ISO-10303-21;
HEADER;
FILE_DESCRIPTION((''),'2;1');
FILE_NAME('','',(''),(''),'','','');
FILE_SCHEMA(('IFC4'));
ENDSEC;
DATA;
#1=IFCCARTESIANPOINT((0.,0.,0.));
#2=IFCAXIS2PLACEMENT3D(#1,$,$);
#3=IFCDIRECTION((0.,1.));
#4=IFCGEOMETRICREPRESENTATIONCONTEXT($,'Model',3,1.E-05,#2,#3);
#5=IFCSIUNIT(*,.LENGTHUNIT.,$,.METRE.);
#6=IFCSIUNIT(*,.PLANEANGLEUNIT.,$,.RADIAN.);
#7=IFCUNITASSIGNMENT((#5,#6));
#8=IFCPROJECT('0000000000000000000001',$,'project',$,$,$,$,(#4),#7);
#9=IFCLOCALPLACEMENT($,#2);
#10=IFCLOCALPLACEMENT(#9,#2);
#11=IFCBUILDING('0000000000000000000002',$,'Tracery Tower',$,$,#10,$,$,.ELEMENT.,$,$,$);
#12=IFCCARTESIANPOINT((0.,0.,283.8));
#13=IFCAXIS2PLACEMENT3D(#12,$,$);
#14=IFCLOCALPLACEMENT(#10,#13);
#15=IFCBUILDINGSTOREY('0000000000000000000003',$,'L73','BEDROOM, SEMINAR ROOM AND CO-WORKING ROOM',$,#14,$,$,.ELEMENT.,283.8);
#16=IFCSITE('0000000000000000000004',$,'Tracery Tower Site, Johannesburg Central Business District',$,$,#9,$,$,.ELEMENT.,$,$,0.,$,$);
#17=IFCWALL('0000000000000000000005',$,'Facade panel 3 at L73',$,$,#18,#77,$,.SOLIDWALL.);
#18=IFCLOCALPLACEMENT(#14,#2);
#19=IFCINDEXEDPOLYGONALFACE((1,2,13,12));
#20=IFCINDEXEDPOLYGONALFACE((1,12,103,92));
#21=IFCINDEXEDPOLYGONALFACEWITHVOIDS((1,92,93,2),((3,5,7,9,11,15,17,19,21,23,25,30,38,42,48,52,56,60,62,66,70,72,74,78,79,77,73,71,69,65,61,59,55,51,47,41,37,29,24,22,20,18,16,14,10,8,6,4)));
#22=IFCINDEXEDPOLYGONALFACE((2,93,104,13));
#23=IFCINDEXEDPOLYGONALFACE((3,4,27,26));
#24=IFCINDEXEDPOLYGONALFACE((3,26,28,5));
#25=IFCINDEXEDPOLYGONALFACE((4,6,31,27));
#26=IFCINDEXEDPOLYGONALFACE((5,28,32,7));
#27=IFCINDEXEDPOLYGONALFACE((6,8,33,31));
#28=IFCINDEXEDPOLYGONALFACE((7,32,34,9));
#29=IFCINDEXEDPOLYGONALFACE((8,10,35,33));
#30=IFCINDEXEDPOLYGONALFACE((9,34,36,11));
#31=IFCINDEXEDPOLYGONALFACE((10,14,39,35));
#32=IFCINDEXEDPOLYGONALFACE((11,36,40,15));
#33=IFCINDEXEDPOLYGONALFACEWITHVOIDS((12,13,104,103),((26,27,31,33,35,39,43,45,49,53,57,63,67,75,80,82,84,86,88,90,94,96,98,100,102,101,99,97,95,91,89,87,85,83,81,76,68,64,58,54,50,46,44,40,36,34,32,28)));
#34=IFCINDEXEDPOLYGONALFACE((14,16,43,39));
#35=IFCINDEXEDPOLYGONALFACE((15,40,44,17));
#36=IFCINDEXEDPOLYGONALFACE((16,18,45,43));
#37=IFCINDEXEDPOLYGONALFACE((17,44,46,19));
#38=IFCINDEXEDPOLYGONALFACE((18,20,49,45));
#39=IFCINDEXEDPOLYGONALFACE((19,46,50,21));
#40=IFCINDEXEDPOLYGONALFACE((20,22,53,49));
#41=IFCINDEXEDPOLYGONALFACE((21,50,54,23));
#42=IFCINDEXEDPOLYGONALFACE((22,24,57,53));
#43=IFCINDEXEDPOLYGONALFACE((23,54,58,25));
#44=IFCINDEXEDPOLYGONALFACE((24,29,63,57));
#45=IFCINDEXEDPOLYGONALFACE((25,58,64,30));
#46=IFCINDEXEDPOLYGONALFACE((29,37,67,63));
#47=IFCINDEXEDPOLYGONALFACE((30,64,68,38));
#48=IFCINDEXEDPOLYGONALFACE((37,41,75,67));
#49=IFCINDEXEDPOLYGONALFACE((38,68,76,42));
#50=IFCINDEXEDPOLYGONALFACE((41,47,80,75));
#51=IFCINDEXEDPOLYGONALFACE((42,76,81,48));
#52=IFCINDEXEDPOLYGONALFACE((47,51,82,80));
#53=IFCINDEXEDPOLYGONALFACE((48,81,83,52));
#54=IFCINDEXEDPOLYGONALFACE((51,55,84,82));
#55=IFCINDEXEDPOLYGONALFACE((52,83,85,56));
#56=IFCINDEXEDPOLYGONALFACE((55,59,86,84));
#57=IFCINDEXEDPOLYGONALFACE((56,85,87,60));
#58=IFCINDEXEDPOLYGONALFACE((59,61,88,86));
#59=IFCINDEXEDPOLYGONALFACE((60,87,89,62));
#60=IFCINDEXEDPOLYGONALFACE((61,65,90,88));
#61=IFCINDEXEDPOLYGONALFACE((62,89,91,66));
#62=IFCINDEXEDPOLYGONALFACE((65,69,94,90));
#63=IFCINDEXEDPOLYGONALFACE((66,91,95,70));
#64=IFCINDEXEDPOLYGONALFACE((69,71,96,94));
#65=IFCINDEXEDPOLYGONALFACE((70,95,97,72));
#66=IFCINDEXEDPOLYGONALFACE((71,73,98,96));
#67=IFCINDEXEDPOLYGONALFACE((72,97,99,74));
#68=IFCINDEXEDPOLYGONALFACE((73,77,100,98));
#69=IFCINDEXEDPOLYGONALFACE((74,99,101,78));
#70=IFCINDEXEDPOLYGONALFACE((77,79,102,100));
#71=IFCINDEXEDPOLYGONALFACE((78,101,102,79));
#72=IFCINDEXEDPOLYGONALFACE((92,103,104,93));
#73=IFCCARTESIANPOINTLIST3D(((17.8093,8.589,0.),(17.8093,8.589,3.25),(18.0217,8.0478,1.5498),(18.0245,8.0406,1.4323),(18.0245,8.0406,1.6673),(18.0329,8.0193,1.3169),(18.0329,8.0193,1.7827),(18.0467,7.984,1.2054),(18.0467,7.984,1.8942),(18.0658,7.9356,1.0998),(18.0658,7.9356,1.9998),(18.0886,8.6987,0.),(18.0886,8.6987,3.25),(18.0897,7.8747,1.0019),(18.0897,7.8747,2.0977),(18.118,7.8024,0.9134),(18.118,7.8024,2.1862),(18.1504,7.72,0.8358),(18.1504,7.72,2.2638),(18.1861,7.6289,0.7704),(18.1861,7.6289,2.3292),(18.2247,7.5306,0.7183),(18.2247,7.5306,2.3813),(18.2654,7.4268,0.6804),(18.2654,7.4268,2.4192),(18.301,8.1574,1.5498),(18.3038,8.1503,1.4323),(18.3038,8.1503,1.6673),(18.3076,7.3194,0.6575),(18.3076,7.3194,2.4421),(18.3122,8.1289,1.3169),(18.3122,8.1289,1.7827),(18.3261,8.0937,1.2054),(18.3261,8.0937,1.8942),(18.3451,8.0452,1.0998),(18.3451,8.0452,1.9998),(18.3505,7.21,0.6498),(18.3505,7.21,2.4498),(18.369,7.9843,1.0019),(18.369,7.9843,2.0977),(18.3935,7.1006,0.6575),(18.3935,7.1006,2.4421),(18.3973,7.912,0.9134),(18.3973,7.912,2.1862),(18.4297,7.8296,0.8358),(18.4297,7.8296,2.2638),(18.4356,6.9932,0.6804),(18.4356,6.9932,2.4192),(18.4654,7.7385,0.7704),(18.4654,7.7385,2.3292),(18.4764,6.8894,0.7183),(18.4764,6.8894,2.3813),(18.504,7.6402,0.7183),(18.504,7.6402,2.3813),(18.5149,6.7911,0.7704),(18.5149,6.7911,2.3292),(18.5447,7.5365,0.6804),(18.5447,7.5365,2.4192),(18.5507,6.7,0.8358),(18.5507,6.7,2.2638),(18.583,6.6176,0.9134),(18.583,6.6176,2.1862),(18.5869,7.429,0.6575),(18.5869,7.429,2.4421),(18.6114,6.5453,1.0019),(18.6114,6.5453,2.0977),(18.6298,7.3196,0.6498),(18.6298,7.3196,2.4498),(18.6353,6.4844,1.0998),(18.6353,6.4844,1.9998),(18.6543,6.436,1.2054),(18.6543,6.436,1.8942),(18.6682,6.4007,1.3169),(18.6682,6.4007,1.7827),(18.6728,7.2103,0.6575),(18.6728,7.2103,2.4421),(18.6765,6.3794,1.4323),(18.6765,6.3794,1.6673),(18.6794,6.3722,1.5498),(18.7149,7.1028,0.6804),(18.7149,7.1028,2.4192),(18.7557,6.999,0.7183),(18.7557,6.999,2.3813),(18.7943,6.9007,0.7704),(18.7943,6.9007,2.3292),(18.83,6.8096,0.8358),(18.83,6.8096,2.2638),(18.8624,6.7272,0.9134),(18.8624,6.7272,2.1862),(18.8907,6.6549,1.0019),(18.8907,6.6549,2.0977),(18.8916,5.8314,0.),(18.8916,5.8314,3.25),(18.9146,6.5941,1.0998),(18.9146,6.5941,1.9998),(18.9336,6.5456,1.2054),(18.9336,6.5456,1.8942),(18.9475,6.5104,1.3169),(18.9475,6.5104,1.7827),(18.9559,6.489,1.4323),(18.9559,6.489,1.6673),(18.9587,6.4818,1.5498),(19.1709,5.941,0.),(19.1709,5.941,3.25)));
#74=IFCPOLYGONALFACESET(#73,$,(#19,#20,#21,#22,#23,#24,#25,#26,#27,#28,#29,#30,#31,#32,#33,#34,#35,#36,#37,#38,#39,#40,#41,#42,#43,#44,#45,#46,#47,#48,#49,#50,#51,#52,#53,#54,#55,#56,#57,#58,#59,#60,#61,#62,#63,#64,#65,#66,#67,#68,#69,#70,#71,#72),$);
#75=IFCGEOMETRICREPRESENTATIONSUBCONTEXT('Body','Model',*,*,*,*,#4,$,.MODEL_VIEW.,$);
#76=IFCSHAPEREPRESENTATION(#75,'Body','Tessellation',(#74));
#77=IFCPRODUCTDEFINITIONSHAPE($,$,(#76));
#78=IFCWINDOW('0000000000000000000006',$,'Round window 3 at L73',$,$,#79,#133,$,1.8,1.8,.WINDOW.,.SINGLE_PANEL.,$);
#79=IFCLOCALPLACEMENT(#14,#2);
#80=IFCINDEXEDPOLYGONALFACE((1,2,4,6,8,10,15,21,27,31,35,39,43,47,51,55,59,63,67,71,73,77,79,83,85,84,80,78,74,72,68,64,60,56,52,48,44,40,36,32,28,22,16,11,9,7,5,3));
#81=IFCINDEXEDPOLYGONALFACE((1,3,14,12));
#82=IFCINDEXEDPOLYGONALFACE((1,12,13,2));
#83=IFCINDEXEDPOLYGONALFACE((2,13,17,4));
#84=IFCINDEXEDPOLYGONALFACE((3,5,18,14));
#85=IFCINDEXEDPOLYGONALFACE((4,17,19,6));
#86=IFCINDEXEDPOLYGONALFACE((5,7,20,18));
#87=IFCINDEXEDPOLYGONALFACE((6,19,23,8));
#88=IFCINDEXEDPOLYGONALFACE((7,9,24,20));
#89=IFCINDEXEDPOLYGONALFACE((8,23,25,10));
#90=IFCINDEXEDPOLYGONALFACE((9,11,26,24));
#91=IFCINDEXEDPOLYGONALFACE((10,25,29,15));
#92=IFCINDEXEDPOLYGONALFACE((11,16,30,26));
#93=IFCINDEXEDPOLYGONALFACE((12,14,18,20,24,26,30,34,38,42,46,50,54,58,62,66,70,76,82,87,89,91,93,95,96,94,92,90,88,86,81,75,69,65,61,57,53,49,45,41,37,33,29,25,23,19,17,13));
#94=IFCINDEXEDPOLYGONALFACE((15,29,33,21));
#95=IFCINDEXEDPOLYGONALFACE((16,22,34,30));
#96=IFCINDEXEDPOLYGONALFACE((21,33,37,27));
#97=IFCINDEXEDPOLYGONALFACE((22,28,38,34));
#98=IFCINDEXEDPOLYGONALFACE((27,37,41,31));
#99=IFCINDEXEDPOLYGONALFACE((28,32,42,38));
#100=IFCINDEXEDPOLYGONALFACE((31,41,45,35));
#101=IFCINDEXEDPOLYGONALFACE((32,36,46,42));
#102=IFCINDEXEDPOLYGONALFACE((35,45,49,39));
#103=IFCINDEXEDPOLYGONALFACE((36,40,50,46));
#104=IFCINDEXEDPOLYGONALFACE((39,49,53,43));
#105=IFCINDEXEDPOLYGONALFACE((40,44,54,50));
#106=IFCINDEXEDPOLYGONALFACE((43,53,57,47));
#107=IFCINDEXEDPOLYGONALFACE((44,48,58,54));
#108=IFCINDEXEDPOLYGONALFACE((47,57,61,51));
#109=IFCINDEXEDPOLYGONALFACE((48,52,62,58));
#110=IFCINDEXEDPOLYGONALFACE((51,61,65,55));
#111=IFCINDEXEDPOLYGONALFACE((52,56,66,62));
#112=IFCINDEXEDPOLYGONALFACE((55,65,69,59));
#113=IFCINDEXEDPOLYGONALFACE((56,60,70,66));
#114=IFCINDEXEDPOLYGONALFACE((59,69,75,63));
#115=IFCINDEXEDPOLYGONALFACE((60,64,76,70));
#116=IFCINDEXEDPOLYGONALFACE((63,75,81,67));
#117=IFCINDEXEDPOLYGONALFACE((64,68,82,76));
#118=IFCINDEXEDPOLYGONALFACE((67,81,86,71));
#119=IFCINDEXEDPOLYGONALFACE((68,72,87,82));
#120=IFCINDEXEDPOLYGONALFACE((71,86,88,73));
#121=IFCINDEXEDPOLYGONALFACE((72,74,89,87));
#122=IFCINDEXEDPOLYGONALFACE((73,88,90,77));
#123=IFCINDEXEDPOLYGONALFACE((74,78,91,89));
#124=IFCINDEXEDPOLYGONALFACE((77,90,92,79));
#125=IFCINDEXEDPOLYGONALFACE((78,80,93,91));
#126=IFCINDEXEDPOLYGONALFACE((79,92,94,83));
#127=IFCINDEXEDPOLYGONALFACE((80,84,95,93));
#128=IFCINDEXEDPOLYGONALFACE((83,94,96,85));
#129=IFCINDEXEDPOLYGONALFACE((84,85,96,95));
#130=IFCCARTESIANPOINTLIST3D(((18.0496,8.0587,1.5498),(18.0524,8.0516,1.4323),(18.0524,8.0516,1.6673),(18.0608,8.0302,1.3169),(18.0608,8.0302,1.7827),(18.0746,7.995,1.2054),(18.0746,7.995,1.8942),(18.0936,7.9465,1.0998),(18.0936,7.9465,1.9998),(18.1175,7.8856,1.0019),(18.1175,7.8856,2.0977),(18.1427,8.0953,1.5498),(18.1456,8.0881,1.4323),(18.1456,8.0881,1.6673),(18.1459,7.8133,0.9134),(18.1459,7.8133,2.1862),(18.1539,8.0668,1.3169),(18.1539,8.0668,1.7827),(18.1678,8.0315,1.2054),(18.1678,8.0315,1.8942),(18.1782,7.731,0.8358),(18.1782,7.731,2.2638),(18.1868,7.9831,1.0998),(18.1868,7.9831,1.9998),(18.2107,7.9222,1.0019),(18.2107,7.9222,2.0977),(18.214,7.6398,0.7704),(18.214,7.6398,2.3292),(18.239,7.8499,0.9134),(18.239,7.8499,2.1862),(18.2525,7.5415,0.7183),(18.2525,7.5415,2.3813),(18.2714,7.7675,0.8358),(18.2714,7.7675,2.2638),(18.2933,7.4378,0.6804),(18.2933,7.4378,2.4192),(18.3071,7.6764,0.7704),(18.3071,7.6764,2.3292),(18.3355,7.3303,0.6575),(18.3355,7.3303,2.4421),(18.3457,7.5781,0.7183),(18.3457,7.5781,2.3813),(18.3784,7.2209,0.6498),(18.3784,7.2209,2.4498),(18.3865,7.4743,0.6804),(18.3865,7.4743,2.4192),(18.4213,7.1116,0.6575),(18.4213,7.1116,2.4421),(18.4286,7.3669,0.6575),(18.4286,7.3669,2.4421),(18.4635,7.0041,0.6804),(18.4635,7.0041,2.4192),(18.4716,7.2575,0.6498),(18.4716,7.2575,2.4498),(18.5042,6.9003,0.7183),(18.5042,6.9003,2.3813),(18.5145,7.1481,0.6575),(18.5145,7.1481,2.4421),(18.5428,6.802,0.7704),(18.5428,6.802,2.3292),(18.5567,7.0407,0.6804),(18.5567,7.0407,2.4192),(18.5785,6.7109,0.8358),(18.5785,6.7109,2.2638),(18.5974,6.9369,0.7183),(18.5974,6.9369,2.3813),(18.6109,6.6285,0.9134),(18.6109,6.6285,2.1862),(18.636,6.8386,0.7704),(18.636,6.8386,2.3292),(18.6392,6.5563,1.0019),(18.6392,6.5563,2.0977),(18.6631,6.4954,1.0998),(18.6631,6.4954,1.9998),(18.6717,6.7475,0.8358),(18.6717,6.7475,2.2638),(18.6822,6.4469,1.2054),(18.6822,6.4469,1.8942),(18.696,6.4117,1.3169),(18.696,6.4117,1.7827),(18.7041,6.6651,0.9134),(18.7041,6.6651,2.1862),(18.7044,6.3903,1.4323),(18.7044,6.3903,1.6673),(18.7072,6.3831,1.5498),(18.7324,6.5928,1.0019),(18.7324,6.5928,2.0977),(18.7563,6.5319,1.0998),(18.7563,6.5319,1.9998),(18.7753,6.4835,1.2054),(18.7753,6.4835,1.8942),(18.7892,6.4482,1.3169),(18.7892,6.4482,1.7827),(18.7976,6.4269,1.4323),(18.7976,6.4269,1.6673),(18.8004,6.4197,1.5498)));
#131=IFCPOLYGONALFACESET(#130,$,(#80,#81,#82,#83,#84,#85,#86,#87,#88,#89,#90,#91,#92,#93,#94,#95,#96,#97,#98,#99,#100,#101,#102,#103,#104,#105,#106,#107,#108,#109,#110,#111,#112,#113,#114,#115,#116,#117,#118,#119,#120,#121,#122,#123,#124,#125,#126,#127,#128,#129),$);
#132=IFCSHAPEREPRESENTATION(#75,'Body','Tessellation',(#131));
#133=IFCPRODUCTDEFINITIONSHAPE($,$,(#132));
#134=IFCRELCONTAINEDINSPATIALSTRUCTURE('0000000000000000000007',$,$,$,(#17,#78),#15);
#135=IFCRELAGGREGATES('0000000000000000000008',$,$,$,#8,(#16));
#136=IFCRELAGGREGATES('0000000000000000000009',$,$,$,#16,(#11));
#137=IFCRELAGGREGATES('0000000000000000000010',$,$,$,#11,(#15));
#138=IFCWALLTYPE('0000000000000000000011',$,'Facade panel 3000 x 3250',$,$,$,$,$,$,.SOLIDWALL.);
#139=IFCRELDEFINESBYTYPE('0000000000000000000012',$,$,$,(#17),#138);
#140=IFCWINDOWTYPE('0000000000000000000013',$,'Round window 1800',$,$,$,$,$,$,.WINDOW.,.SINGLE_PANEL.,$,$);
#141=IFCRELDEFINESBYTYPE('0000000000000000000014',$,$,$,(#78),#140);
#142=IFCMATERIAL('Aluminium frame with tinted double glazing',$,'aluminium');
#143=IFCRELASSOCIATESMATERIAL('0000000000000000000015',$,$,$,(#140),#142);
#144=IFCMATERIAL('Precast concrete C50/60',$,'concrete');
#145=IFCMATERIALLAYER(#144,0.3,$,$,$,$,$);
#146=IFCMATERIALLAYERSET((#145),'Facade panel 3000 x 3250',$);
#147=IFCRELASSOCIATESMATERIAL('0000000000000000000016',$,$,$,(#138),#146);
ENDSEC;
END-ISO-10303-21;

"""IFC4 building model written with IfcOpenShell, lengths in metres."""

from ifc_helpers import new_model, si_unit, direction, frame, frame_2d, origin, origin_2d, place, context, subcontext, project, spatial, rectangle, circle, extrude, material, layer, layer_set, type_object, element, fill, save


model = new_model("IFC4")

# Units and contexts
model_context = context("Model", 3, precision=1e-05, world=origin(), true_north=direction((0.0, 1.0)))
body_context = subcontext(model_context, "Body", "Model", "MODEL_VIEW")
ifc_project = project(units=[si_unit("LENGTHUNIT", "METRE"), si_unit("PLANEANGLEUNIT", "RADIAN")], contexts=[model_context])

# Site, building, storey
site_placement = place(None, origin())
site = spatial("IfcSite", under=ifc_project, at=site_placement, Name="Tracery Tower Site, Johannesburg Central Business District", CompositionType="ELEMENT", RefElevation=0.0)
building_placement = place(site_placement, origin())
building = spatial("IfcBuilding", under=site, at=building_placement, Name="Tracery Tower", CompositionType="ELEMENT")
storey_placement = place(building_placement, frame((0.0, 0.0, 283.8)))
storey = spatial("IfcBuildingStorey", under=building, at=storey_placement, Name="L73", Description="BEDROOM, SEMINAR ROOM AND CO-WORKING ROOM", CompositionType="ELEMENT", Elevation=283.8)

# Wall, opening, window
ifc_material_1 = material(Name="Aluminium frame with tinted double glazing", Category="aluminium")
window_type = type_object("IfcWindowType", Name="Round window 1800", PartitioningType="SINGLE_PANEL", PredefinedType="WINDOW", material=ifc_material_1)
ifc_material_2 = material(Name="Precast concrete C50/60", Category="concrete")
ifc_layer_1 = layer(ifc_material_2, 0.3)
ifc_layer_set_1 = layer_set([ifc_layer_1], Name="Facade panel 3000 x 3250")
wall_type_1 = type_object("IfcWallType", Name="Facade panel 3000 x 3250", PredefinedType="SOLIDWALL", material=ifc_layer_set_1)
wall_1_placement = place(storey_placement, frame((19.0312, 5.8862, 0.0), z_axis=(0.0, 0.0, 1.0), x_axis=(-0.365344, 0.930873, 0.0)))
wall_1 = element("IfcWall", 1, at=wall_1_placement, inside=storey, type_object=wall_type_1, Name="Facade panel 3 at L73", PredefinedType="SOLIDWALL", context=body_context, shape_type="SweptSolid", body=[
    extrude(rectangle(XDim=2.9624, YDim=0.3, at=frame_2d((1.4812, 0.0))), origin(), (0.0, 0.0, 1.0), 3.25),
])
opening_1_placement = place(wall_1_placement, frame((1.481, 0.0, 1.5498)))
opening_1 = element("IfcOpeningElement", 2, at=opening_1_placement, cuts=wall_1, PredefinedType="OPENING", context=body_context, shape_type="SweptSolid", body=[
    extrude(circle(Radius=0.9, at=origin_2d()), frame((0.0, 0.1599, 0.0), z_axis=(0.0, -1.0, 0.0), x_axis=(1.0, 0.0, 0.0)), (0.0, 0.0, 1.0), 0.3201),
])
window_1_placement = place(opening_1_placement, origin())
window_1 = element("IfcWindow", 3, at=window_1_placement, inside=storey, type_object=window_type, Name="Round window 3 at L73", OverallHeight=1.8, OverallWidth=1.8, PartitioningType="SINGLE_PANEL", PredefinedType="WINDOW", context=body_context, shape_type="SweptSolid", body=[
    extrude(circle(Radius=0.9, at=origin_2d()), frame((0.0, 0.1201, 0.0), z_axis=(0.0, -1.0, 0.0), x_axis=(1.0, 0.0, 0.0)), (0.0, 0.0, 1.0), 0.1001),
])
fill(opening_1, window_1)

save(model, "model.ifc")
